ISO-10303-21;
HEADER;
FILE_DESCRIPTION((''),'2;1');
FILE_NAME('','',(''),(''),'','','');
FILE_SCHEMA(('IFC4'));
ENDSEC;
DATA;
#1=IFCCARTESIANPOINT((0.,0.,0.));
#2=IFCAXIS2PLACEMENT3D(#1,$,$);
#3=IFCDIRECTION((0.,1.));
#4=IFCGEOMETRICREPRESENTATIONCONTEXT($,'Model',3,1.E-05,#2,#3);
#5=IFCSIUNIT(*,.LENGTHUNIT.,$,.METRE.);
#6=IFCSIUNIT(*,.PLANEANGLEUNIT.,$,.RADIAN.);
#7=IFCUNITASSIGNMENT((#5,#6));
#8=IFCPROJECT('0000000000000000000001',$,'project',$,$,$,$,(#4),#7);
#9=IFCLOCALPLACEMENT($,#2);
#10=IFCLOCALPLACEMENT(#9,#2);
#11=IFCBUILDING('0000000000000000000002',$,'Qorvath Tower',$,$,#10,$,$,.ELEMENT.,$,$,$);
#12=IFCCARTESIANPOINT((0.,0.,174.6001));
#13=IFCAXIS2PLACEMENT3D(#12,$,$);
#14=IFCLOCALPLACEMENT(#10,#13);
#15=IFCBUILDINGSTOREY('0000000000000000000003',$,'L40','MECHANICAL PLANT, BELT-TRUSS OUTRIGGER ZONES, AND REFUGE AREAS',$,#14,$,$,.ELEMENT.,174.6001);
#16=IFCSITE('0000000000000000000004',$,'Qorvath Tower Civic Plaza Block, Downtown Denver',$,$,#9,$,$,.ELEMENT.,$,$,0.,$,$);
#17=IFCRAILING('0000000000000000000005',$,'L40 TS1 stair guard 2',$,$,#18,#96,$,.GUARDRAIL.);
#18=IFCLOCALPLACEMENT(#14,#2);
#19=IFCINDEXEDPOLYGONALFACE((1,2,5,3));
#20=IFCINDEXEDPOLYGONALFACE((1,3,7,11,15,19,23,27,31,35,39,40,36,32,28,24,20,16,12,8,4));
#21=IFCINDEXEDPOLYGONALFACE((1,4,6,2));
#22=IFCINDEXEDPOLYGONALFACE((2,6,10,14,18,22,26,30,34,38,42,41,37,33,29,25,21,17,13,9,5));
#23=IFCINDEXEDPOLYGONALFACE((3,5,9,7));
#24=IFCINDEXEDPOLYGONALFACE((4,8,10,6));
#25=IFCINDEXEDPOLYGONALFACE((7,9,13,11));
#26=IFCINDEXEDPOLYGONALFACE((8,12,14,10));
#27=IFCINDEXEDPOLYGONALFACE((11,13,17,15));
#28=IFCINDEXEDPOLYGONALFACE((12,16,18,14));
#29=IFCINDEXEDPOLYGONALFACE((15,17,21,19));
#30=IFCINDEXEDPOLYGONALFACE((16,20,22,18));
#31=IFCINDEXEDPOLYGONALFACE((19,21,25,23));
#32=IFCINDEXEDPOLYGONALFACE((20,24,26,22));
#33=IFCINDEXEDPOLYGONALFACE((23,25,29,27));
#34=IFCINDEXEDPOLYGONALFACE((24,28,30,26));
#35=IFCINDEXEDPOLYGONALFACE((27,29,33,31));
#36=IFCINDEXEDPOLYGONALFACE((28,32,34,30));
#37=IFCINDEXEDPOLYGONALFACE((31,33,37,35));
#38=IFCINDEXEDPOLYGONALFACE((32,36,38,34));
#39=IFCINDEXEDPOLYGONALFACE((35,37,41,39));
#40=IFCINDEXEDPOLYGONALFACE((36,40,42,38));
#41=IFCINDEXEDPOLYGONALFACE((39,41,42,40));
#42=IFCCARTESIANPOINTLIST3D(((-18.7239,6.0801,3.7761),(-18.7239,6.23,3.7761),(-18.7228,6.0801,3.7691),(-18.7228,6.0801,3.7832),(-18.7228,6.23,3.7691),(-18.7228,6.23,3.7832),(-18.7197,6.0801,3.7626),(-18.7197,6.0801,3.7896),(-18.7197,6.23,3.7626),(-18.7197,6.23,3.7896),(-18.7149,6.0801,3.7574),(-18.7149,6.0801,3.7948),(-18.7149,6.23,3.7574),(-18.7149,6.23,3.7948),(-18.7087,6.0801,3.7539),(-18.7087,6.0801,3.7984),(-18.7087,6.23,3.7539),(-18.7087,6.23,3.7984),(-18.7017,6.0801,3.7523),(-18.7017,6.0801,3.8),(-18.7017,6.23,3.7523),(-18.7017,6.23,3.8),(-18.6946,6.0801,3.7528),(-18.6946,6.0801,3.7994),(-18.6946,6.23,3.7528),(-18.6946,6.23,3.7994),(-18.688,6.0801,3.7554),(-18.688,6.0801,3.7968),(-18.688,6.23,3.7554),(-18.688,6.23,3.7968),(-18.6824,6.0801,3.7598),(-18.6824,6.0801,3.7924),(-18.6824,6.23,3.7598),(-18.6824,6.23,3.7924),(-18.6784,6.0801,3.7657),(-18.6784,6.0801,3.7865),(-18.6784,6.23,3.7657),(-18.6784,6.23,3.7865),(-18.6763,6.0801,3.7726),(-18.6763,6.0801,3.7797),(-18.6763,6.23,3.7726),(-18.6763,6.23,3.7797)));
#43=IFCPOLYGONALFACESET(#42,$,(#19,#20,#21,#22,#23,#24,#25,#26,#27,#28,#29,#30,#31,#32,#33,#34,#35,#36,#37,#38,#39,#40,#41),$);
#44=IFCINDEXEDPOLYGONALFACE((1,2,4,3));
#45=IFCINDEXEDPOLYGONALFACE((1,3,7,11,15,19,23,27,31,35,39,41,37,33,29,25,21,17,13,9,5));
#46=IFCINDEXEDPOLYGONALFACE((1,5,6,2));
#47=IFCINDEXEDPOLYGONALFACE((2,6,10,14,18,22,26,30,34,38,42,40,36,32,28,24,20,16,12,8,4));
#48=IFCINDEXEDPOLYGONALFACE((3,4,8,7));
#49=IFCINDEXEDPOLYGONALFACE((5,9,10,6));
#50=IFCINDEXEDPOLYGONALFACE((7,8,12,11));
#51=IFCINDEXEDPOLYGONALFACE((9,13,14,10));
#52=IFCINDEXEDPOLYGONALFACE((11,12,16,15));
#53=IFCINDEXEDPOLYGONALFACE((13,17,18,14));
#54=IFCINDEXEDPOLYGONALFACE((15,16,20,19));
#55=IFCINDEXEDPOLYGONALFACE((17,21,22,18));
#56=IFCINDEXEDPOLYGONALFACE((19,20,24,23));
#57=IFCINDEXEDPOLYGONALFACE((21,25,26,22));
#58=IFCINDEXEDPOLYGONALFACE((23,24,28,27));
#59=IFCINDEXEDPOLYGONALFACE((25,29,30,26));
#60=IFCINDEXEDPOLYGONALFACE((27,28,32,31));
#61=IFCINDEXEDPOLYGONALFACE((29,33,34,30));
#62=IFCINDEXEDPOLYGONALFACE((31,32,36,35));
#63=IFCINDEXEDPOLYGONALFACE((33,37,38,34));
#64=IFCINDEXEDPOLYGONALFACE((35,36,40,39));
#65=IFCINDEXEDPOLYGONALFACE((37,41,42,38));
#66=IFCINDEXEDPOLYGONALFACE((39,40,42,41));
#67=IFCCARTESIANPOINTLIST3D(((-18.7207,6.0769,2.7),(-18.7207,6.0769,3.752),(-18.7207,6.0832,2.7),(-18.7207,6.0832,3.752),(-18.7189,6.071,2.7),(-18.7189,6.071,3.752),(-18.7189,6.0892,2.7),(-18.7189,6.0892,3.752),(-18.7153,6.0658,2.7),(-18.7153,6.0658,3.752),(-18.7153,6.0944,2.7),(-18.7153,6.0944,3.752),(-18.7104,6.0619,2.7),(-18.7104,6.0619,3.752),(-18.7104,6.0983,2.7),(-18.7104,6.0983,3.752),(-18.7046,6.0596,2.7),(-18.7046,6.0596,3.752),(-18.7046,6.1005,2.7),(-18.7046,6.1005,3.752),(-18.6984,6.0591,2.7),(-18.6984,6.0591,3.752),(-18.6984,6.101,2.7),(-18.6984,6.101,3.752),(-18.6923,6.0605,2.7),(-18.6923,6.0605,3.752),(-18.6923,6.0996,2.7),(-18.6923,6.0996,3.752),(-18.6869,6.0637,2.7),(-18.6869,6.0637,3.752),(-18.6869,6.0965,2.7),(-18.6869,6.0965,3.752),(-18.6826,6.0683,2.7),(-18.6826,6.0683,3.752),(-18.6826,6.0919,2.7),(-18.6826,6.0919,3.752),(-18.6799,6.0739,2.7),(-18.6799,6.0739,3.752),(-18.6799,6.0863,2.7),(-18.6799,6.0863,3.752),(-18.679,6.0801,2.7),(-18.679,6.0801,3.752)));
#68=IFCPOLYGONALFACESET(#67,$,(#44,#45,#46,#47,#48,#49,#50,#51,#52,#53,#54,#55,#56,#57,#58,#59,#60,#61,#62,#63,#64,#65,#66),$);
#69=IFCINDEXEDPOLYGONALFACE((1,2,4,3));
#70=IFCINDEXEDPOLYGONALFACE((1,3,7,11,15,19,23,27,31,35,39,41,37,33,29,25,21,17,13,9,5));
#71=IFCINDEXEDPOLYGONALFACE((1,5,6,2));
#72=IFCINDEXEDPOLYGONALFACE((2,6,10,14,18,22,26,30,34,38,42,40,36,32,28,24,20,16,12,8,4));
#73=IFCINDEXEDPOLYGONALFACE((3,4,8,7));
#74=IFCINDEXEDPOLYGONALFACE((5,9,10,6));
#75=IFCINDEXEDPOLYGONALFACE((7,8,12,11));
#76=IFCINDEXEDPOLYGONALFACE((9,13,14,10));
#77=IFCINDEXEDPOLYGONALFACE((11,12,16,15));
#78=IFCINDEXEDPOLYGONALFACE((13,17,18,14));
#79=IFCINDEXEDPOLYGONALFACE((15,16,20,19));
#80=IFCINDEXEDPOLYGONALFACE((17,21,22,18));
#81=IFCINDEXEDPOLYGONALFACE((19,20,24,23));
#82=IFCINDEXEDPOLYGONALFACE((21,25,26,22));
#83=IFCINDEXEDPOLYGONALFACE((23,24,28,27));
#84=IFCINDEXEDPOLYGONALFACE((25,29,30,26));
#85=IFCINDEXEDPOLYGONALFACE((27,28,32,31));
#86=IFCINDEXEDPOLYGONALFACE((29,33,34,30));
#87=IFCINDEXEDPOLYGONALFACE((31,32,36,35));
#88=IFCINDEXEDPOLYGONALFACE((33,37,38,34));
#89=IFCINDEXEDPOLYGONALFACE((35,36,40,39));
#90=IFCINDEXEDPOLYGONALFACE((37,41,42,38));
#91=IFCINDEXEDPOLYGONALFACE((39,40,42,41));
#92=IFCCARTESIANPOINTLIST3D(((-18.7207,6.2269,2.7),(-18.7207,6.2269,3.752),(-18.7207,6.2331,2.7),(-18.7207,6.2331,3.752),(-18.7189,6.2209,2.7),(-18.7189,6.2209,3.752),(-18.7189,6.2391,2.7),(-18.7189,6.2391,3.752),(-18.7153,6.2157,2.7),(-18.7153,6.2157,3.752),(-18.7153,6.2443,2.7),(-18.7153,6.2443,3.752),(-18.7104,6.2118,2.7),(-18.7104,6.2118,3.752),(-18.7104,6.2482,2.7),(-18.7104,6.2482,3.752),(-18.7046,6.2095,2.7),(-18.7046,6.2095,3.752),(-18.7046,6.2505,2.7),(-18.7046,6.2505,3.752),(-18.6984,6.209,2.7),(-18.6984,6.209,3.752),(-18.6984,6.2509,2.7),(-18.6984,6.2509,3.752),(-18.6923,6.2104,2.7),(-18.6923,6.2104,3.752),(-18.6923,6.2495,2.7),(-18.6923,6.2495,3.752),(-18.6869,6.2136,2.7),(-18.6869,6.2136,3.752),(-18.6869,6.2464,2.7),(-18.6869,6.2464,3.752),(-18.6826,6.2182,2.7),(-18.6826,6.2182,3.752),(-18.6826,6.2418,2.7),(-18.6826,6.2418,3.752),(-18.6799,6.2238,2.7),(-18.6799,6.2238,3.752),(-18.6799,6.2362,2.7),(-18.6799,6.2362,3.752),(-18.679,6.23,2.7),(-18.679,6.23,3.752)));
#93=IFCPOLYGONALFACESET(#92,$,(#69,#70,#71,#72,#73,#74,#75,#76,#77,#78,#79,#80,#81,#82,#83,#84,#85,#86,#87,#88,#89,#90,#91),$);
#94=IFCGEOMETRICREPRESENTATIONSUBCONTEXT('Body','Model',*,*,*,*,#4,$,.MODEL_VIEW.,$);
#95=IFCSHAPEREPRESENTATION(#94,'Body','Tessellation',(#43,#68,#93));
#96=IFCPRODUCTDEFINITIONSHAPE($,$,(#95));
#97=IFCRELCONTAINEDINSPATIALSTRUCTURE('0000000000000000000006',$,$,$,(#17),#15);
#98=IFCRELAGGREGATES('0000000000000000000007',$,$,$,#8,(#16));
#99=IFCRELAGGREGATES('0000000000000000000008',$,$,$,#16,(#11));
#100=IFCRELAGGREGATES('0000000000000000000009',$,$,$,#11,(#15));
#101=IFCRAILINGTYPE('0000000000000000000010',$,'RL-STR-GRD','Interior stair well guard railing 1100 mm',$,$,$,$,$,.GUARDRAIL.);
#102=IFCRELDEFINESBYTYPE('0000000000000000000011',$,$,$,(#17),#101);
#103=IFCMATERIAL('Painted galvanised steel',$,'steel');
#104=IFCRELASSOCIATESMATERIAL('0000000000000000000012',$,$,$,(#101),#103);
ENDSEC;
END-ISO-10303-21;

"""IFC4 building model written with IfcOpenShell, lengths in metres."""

from ifc_helpers import new_model, si_unit, direction, frame, origin, origin_2d, place, context, subcontext, project, spatial, circle, extrude, material, type_object, element, save


model = new_model("IFC4")

# Units and contexts
model_context = context("Model", 3, precision=1e-05, world=origin(), true_north=direction((0.0, 1.0)))
body_context = subcontext(model_context, "Body", "Model", "MODEL_VIEW")
ifc_project = project(units=[si_unit("LENGTHUNIT", "METRE"), si_unit("PLANEANGLEUNIT", "RADIAN")], contexts=[model_context])

# Site, building, storey
site_placement = place(None, origin())
site = spatial("IfcSite", under=ifc_project, at=site_placement, Name="Qorvath Tower Civic Plaza Block, Downtown Denver", CompositionType="ELEMENT", RefElevation=0.0)
building_placement = place(site_placement, origin())
building = spatial("IfcBuilding", under=site, at=building_placement, Name="Qorvath Tower", CompositionType="ELEMENT")
storey_placement = place(building_placement, frame((0.0, 0.0, 174.6001)))
storey = spatial("IfcBuildingStorey", under=building, at=storey_placement, Name="L40", Description="MECHANICAL PLANT, BELT-TRUSS OUTRIGGER ZONES, AND REFUGE AREAS", CompositionType="ELEMENT", Elevation=174.6001)

# Railing
ifc_material_1 = material(Name="Painted galvanised steel", Category="steel")
railing_type_1 = type_object("IfcRailingType", Name="RL-STR-GRD", Description="Interior stair well guard railing 1100 mm", PredefinedType="GUARDRAIL", material=ifc_material_1)
railing_1_placement = place(storey_placement, frame((-18.7, 6.0801, 2.7)))
element("IfcRailing", 1, at=railing_1_placement, inside=storey, type_object=railing_type_1, Name="L40 TS1 stair guard 2", PredefinedType="GUARDRAIL", context=body_context, shape_type="SweptSolid", body=[
    extrude(circle(Radius=0.0239, at=origin_2d()), frame((0.0, 0.0, 1.0762), z_axis=(0.0, 1.0, 0.0), x_axis=(-1.0, 0.0, 0.0)), (0.0, 0.0, 1.0), 0.1499),
    extrude(circle(Radius=0.021, at=origin_2d()), origin(), (0.0, 0.0, 1.0), 1.052),
    extrude(circle(Radius=0.021, at=origin_2d()), frame((0.0, 0.1499, 0.0)), (0.0, 0.0, 1.0), 1.052),
])

save(model, "model.ifc")
